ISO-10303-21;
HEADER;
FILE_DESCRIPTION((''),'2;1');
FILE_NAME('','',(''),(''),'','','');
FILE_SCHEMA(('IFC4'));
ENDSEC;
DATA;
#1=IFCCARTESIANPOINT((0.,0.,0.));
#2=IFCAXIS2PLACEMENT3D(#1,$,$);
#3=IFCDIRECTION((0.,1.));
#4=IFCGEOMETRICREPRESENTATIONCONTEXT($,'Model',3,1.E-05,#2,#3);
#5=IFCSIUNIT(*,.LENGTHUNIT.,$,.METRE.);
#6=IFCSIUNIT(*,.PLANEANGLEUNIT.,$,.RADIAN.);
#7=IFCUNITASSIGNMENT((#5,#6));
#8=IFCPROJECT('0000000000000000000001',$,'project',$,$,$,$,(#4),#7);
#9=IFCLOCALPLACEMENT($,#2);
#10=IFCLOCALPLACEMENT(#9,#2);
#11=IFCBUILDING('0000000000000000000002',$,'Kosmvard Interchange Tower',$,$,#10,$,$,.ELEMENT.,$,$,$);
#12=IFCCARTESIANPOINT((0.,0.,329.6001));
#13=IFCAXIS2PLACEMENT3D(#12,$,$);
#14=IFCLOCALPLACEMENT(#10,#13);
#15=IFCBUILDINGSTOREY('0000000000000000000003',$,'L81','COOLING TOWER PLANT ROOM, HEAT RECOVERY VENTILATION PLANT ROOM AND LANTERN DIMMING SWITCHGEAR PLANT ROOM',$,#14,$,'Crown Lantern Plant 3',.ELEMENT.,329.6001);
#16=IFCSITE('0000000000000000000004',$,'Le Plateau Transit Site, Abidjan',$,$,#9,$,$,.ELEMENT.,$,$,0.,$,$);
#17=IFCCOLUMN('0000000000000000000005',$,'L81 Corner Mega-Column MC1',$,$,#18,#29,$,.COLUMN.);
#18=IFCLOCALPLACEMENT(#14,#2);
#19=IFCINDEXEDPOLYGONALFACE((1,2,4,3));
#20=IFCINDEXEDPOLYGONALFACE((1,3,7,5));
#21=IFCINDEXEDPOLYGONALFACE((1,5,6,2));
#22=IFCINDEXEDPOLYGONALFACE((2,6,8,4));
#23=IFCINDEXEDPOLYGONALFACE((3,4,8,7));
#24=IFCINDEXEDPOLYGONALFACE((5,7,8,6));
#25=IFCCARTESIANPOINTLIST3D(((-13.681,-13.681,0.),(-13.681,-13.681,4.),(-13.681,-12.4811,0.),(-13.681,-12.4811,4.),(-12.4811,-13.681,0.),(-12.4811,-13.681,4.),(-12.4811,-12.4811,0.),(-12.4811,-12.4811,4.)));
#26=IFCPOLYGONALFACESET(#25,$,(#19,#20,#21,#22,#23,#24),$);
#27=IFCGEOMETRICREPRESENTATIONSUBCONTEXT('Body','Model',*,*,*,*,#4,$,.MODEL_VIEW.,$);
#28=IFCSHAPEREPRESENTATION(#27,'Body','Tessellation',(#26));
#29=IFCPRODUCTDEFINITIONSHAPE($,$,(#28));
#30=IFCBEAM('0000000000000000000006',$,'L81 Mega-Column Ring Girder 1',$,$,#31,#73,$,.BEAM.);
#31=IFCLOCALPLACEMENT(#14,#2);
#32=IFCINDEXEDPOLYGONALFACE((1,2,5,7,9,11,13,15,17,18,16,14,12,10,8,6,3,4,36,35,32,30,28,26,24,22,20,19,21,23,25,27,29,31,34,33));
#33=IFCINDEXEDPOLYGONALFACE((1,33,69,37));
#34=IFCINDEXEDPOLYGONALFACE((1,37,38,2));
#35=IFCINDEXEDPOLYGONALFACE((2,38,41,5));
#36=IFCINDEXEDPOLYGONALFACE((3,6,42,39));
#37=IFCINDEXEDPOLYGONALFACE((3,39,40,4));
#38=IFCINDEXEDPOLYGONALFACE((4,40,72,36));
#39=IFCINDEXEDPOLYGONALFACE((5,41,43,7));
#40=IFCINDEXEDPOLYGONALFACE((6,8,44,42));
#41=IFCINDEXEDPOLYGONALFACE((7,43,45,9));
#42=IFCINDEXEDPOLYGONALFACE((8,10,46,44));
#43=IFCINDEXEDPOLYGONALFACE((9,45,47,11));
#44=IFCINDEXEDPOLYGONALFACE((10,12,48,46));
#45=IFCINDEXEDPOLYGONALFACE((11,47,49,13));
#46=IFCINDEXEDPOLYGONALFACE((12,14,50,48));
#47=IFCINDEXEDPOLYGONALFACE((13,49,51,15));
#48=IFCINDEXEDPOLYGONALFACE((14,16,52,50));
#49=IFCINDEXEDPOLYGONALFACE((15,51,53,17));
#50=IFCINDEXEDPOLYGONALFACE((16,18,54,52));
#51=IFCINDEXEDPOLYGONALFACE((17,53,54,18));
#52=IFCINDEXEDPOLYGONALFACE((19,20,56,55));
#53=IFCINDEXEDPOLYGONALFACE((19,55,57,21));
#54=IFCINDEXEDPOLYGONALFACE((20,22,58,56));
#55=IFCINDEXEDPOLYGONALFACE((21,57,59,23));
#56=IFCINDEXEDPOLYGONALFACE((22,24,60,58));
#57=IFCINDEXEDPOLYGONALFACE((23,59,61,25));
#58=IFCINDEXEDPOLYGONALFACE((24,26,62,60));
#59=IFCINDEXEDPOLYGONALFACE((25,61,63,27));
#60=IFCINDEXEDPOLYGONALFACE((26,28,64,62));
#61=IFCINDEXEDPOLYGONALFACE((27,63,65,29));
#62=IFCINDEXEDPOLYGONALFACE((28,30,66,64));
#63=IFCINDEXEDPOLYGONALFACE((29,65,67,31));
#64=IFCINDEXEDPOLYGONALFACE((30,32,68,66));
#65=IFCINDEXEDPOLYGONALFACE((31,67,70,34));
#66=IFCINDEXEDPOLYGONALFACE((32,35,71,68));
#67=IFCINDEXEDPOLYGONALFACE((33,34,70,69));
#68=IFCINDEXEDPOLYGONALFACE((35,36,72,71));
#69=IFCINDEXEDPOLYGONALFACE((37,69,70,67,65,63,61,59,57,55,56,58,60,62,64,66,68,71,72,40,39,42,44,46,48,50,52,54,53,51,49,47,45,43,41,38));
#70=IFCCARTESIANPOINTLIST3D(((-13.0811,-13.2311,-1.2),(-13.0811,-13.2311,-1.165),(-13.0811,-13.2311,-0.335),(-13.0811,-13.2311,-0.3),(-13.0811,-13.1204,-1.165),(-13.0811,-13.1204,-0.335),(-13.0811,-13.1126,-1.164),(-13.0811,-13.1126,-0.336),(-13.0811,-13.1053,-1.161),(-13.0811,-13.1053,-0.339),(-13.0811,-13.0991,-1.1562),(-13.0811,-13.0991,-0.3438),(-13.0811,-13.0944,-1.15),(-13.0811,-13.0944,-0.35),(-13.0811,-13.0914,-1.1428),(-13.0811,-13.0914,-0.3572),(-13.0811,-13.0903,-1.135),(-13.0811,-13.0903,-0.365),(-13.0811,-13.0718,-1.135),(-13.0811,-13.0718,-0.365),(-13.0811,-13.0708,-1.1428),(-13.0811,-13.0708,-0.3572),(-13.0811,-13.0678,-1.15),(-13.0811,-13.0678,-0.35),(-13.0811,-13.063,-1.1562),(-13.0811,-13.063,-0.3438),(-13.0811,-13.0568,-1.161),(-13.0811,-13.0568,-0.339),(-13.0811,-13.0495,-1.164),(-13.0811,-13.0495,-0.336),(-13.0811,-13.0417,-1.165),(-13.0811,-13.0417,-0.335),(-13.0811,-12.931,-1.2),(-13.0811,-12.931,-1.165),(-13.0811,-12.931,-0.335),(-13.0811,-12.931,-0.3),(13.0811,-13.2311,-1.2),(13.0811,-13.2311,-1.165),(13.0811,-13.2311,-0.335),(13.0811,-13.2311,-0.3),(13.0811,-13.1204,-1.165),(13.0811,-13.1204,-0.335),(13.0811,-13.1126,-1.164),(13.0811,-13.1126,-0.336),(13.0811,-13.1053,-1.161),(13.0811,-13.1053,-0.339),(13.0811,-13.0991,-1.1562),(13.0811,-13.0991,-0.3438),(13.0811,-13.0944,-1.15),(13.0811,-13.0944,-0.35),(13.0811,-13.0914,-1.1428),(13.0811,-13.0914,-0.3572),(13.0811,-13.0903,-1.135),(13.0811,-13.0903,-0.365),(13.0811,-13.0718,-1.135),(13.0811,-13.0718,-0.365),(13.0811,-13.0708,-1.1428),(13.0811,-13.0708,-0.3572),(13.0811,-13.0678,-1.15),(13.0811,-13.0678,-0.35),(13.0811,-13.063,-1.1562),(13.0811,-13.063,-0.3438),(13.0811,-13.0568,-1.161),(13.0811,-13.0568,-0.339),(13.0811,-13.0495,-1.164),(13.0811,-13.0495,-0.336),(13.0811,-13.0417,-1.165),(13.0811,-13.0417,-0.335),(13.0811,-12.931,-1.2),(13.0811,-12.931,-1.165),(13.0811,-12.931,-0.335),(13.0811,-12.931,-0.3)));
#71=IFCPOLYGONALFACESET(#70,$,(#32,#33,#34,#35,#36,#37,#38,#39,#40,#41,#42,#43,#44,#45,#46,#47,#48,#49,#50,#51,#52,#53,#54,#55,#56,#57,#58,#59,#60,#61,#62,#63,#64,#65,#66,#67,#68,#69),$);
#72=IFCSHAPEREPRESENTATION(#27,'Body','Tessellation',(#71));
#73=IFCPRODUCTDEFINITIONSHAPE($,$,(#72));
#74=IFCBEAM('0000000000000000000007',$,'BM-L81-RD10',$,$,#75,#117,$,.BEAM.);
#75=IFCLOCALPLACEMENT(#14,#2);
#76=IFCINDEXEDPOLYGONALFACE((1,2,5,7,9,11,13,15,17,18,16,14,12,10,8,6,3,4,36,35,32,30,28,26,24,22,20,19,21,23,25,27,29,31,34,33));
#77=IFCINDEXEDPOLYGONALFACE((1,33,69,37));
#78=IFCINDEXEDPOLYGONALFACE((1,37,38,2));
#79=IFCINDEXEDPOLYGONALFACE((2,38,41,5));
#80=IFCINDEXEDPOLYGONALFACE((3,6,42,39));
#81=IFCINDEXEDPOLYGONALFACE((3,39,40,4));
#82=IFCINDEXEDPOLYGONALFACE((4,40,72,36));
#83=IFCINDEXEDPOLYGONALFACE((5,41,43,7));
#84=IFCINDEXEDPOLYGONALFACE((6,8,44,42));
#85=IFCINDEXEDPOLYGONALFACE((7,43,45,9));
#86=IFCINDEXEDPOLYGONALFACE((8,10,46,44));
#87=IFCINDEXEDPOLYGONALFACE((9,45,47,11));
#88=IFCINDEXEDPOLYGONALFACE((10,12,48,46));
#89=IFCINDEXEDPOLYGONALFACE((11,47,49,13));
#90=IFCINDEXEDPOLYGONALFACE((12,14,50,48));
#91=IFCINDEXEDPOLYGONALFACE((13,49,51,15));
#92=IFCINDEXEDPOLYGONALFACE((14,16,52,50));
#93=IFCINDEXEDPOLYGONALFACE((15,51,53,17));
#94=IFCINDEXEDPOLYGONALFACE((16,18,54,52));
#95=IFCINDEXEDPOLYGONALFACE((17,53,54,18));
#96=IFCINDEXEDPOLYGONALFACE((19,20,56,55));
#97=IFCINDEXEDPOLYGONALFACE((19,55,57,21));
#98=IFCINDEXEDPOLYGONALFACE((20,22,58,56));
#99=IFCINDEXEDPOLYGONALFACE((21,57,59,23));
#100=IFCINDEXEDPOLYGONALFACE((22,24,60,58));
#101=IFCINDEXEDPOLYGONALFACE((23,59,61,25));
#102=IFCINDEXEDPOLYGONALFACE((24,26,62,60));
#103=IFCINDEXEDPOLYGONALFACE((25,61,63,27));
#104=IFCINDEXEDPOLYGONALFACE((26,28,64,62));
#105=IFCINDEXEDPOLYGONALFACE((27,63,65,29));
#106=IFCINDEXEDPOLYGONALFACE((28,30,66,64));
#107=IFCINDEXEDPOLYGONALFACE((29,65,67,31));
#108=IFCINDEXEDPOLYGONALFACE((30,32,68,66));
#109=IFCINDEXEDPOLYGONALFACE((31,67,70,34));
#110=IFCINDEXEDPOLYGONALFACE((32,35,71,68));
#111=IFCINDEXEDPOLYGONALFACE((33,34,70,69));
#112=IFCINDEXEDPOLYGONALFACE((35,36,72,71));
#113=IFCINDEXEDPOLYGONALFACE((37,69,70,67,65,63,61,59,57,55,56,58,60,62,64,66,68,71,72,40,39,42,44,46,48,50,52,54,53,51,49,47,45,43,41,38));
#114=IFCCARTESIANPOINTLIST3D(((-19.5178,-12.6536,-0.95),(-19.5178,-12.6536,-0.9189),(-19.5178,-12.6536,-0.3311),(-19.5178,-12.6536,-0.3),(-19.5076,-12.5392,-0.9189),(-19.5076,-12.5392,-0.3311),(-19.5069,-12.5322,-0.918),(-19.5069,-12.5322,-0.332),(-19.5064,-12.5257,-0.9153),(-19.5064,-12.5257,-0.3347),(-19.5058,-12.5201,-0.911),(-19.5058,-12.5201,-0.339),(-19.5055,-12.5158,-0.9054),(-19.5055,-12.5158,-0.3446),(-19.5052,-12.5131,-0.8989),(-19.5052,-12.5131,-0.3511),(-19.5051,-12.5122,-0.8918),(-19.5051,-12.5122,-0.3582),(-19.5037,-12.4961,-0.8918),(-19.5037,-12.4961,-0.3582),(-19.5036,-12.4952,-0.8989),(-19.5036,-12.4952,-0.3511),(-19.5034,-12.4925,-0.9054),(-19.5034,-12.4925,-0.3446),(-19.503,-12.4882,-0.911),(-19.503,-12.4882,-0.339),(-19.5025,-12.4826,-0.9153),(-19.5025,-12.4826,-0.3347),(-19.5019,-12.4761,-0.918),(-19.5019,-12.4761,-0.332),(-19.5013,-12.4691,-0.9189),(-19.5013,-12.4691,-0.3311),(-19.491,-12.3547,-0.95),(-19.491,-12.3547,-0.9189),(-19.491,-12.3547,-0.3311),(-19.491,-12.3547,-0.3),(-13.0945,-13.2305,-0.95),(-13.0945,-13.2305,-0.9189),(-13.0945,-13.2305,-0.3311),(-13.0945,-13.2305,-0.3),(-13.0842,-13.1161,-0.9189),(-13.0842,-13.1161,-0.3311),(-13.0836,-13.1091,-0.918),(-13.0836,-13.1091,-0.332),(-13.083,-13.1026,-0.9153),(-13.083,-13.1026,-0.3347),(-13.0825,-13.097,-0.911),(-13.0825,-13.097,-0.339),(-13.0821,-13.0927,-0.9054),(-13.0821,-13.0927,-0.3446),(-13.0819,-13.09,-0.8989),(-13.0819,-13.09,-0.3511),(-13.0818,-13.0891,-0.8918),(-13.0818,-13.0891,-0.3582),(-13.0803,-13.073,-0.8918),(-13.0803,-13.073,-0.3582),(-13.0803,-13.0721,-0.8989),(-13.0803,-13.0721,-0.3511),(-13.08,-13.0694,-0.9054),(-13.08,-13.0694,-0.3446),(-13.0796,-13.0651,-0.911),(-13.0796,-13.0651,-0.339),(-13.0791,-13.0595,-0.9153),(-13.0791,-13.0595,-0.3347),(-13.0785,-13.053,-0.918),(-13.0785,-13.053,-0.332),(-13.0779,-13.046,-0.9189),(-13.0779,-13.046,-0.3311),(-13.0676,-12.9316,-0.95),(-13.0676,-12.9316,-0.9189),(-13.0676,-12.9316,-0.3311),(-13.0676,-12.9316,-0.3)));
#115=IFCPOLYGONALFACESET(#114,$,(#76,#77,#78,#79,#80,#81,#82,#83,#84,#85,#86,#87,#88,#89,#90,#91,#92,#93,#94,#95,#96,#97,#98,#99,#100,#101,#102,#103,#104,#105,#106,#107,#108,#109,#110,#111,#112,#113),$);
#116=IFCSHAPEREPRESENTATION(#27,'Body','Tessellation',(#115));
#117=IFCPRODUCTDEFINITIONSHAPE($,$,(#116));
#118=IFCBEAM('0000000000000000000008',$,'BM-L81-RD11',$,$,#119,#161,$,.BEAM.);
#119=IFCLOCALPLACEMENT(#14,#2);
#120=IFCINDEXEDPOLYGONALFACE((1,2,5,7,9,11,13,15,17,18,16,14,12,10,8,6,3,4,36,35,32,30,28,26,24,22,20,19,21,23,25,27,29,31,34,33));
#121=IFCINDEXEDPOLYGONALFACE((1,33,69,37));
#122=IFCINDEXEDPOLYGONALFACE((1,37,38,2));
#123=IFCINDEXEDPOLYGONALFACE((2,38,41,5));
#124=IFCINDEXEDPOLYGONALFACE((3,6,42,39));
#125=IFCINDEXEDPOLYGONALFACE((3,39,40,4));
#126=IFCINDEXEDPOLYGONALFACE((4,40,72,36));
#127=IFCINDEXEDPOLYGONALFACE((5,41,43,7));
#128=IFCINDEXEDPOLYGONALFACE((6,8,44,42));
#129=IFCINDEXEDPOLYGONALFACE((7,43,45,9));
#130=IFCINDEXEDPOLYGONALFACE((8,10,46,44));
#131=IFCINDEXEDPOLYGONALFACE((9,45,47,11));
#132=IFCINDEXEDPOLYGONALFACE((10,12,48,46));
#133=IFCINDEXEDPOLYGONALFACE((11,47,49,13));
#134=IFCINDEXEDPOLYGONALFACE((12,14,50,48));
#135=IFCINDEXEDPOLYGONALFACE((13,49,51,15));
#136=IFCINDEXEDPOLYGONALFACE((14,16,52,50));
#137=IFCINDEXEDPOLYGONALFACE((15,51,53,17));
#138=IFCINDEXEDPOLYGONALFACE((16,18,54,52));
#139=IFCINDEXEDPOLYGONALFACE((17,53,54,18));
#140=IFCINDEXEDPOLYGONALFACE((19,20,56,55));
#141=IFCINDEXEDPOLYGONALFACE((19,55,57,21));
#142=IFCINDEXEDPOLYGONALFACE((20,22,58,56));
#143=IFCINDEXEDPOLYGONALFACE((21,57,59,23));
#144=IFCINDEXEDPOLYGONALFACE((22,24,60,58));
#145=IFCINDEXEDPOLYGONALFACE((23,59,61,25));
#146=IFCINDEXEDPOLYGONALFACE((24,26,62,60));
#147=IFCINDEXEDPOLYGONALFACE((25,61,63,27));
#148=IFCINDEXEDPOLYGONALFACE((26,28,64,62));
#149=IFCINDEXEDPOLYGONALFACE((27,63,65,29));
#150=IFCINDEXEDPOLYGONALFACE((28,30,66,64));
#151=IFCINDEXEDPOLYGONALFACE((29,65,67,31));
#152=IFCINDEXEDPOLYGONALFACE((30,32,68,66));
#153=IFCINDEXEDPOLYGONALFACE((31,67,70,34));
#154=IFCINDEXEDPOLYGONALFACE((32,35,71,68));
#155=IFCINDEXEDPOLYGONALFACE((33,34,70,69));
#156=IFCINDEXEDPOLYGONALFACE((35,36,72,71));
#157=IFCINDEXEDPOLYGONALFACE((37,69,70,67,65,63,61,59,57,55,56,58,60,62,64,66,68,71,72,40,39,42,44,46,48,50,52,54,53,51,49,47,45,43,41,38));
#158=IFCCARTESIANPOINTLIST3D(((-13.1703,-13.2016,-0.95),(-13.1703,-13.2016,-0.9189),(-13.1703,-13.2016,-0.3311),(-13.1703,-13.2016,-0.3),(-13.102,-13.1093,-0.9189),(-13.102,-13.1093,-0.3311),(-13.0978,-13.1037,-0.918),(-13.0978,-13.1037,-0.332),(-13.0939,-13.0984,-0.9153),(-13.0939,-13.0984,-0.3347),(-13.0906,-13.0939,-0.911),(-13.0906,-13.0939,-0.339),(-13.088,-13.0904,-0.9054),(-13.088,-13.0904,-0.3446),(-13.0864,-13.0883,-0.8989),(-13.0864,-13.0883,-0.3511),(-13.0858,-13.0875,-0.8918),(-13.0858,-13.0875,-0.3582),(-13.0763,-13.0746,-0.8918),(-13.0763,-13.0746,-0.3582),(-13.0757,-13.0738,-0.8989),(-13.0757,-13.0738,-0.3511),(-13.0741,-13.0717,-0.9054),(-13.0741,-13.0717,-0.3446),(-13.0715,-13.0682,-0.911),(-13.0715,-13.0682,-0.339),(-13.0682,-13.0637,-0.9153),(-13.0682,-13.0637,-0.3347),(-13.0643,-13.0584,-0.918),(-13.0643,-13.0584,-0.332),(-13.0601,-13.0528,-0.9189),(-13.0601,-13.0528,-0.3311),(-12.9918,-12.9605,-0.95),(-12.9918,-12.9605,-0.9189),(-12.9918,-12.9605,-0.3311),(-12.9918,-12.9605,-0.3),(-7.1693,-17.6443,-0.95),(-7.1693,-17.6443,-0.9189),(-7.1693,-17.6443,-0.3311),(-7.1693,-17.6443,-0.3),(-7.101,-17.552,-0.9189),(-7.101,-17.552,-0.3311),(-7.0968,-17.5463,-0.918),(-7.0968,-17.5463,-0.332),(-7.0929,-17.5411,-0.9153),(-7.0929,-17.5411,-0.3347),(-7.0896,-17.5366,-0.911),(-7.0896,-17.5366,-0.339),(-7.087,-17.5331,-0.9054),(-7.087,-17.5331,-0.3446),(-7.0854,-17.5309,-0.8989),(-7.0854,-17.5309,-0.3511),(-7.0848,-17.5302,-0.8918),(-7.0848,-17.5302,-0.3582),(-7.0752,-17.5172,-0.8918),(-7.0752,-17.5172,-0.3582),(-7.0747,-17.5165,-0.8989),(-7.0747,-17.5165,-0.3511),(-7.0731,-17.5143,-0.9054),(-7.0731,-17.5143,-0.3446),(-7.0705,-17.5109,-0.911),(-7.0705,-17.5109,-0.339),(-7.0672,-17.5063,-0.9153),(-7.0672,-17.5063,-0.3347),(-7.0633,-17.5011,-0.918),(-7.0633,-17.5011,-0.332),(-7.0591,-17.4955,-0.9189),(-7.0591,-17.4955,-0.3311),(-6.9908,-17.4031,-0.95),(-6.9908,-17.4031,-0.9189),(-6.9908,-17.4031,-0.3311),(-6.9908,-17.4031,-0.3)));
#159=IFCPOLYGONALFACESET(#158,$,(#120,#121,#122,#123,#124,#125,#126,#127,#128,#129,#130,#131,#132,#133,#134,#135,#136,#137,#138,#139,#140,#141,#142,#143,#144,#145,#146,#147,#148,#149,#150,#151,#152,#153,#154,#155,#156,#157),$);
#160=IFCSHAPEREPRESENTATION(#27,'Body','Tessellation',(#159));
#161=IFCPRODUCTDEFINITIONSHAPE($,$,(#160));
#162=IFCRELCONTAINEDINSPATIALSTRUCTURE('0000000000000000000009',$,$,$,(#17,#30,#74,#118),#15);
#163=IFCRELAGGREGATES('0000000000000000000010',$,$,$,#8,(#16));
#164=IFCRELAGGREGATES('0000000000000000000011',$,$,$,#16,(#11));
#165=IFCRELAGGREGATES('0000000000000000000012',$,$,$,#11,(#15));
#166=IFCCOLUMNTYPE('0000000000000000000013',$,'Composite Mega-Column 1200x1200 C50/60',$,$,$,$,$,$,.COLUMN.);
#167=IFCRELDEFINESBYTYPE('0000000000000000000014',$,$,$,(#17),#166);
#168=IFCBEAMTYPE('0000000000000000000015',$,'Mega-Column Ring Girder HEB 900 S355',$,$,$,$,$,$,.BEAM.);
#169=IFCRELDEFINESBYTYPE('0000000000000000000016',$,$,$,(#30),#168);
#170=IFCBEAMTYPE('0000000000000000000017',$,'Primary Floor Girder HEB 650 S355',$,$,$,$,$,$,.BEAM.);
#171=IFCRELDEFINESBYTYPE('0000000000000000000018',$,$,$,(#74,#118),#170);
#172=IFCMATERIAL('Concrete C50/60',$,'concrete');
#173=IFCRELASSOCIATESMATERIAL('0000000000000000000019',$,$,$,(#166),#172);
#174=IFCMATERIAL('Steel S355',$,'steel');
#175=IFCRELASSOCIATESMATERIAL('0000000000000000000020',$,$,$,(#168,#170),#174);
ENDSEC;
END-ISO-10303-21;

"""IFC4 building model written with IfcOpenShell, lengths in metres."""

from ifc_helpers import new_model, si_unit, direction, frame, origin, origin_2d, place, context, subcontext, project, spatial, rectangle, i_section, extrude, source, transform, mapped, material, material_profile, profile_set, type_object, element, save


model = new_model("IFC4")

# Units and contexts
model_context = context("Model", 3, precision=1e-05, world=origin(), true_north=direction((0.0, 1.0)))
body_context = subcontext(model_context, "Body", "Model", "MODEL_VIEW")
ifc_project = project(units=[si_unit("LENGTHUNIT", "METRE"), si_unit("PLANEANGLEUNIT", "RADIAN")], contexts=[model_context])

# Site, building, storey
site_placement = place(None, origin())
site = spatial("IfcSite", under=ifc_project, at=site_placement, Name="Le Plateau Transit Site, Abidjan", CompositionType="ELEMENT", RefElevation=0.0)
building_placement = place(site_placement, origin())
building = spatial("IfcBuilding", under=site, at=building_placement, Name="Kosmvard Interchange Tower", CompositionType="ELEMENT")
storey_placement = place(building_placement, frame((0.0, 0.0, 329.6001)))
storey = spatial("IfcBuildingStorey", under=building, at=storey_placement, Name="L81", Description="COOLING TOWER PLANT ROOM, HEAT RECOVERY VENTILATION PLANT ROOM AND LANTERN DIMMING SWITCHGEAR PLANT ROOM", LongName="Crown Lantern Plant 3", CompositionType="ELEMENT", Elevation=329.6001)

# Column
ifc_material_1 = material(Name="Concrete C50/60", Category="concrete")
ifc_material_profile_1 = material_profile(ifc_material_1, rectangle(XDim=1.2, YDim=1.2, at=origin_2d()), Name="MC 1200x1200")
ifc_profile_set_1 = profile_set([ifc_material_profile_1], Name="Concrete C50/60")
column_type = type_object("IfcColumnType", Name="Composite Mega-Column 1200x1200 C50/60", PredefinedType="COLUMN", material=ifc_profile_set_1)
shared_shape_1 = source(origin(), body_context, "Body", "SweptSolid", [
    extrude(rectangle(XDim=1.2, YDim=1.2, at=origin_2d()), origin(), (0.0, 0.0, 1.0), 4.0),
])
column_placement = place(storey_placement, frame((-13.0811, -13.0811, 0.0), z_axis=(0.0, 0.0, 1.0), x_axis=(1.0, 0.0, 0.0)))
element("IfcColumn", 1, at=column_placement, inside=storey, type_object=column_type, Name="L81 Corner Mega-Column MC1", PredefinedType="COLUMN", context=body_context, shape_type="MappedRepresentation", body=[
    mapped(shared_shape_1, transform((0.0, 0.0, 0.0), scale=1.0)),
])

# Beams
ifc_material_2 = material(Name="Steel S355", Category="steel")
ifc_material_profile_2 = material_profile(ifc_material_2, i_section(OverallWidth=0.3, OverallDepth=0.8999, WebThickness=0.0186, FlangeThickness=0.0349, FilletRadius=0.03, at=origin_2d()), Name="HEB 900")
ifc_profile_set_2 = profile_set([ifc_material_profile_2], Name="Steel S355")
beam_type_1 = type_object("IfcBeamType", Name="Mega-Column Ring Girder HEB 900 S355", PredefinedType="BEAM", material=ifc_profile_set_2)
shared_shape_2 = source(origin(), body_context, "Body", "SweptSolid", [
    extrude(i_section(OverallWidth=0.3, OverallDepth=0.8999, WebThickness=0.0186, FlangeThickness=0.0349, FilletRadius=0.03, at=origin_2d()), origin(), (0.0, 0.0, 1.0), 26.1621),
])
beam_1_placement = place(storey_placement, frame((-13.0811, -13.0811, -0.75), z_axis=(1.0, 0.0, 0.0), x_axis=(0.0, 1.0, 0.0)))
element("IfcBeam", 2, at=beam_1_placement, inside=storey, type_object=beam_type_1, Name="L81 Mega-Column Ring Girder 1", PredefinedType="BEAM", context=body_context, shape_type="MappedRepresentation", body=[
    mapped(shared_shape_2, transform((0.0, 0.0, 0.0), scale=1.0)),
])
ifc_material_profile_3 = material_profile(ifc_material_2, i_section(OverallWidth=0.3, OverallDepth=0.6499, WebThickness=0.0161, FlangeThickness=0.031, FilletRadius=0.0271, at=origin_2d()), Name="HEB 650")
ifc_profile_set_3 = profile_set([ifc_material_profile_3], Name="Steel S355")
beam_type_2 = type_object("IfcBeamType", Name="Primary Floor Girder HEB 650 S355", PredefinedType="BEAM", material=ifc_profile_set_3)
shared_shape_3 = source(origin(), body_context, "Body", "SweptSolid", [
    extrude(i_section(OverallWidth=0.3, OverallDepth=0.6499, WebThickness=0.0161, FlangeThickness=0.031, FilletRadius=0.0271, at=origin_2d()), origin(), (0.0, 0.0, 1.0), 6.4492),
])
beam_2_placement = place(storey_placement, frame((-13.0811, -13.0811, -0.625), z_axis=(-0.995991, 0.089454, 0.0), x_axis=(-0.089454, -0.995991, 0.0)))
element("IfcBeam", 3, at=beam_2_placement, inside=storey, type_object=beam_type_2, Name="BM-L81-RD10", PredefinedType="BEAM", context=body_context, shape_type="MappedRepresentation", body=[
    mapped(shared_shape_3, transform((0.0, 0.0, 0.0), scale=1.0)),
])
shared_shape_4 = source(origin(), body_context, "Body", "SweptSolid", [
    extrude(i_section(OverallWidth=0.3, OverallDepth=0.6499, WebThickness=0.0161, FlangeThickness=0.031, FilletRadius=0.0271, at=origin_2d()), origin(), (0.0, 0.0, 1.0), 7.4666),
])
beam_3_placement = place(storey_placement, frame((-13.0811, -13.0811, -0.625), z_axis=(0.80372, -0.595008, 0.0), x_axis=(0.595008, 0.80372, 0.0)))
element("IfcBeam", 4, at=beam_3_placement, inside=storey, type_object=beam_type_2, Name="BM-L81-RD11", PredefinedType="BEAM", context=body_context, shape_type="MappedRepresentation", body=[
    mapped(shared_shape_4, transform((0.0, 0.0, 0.0), scale=1.0)),
])

save(model, "model.ifc")
